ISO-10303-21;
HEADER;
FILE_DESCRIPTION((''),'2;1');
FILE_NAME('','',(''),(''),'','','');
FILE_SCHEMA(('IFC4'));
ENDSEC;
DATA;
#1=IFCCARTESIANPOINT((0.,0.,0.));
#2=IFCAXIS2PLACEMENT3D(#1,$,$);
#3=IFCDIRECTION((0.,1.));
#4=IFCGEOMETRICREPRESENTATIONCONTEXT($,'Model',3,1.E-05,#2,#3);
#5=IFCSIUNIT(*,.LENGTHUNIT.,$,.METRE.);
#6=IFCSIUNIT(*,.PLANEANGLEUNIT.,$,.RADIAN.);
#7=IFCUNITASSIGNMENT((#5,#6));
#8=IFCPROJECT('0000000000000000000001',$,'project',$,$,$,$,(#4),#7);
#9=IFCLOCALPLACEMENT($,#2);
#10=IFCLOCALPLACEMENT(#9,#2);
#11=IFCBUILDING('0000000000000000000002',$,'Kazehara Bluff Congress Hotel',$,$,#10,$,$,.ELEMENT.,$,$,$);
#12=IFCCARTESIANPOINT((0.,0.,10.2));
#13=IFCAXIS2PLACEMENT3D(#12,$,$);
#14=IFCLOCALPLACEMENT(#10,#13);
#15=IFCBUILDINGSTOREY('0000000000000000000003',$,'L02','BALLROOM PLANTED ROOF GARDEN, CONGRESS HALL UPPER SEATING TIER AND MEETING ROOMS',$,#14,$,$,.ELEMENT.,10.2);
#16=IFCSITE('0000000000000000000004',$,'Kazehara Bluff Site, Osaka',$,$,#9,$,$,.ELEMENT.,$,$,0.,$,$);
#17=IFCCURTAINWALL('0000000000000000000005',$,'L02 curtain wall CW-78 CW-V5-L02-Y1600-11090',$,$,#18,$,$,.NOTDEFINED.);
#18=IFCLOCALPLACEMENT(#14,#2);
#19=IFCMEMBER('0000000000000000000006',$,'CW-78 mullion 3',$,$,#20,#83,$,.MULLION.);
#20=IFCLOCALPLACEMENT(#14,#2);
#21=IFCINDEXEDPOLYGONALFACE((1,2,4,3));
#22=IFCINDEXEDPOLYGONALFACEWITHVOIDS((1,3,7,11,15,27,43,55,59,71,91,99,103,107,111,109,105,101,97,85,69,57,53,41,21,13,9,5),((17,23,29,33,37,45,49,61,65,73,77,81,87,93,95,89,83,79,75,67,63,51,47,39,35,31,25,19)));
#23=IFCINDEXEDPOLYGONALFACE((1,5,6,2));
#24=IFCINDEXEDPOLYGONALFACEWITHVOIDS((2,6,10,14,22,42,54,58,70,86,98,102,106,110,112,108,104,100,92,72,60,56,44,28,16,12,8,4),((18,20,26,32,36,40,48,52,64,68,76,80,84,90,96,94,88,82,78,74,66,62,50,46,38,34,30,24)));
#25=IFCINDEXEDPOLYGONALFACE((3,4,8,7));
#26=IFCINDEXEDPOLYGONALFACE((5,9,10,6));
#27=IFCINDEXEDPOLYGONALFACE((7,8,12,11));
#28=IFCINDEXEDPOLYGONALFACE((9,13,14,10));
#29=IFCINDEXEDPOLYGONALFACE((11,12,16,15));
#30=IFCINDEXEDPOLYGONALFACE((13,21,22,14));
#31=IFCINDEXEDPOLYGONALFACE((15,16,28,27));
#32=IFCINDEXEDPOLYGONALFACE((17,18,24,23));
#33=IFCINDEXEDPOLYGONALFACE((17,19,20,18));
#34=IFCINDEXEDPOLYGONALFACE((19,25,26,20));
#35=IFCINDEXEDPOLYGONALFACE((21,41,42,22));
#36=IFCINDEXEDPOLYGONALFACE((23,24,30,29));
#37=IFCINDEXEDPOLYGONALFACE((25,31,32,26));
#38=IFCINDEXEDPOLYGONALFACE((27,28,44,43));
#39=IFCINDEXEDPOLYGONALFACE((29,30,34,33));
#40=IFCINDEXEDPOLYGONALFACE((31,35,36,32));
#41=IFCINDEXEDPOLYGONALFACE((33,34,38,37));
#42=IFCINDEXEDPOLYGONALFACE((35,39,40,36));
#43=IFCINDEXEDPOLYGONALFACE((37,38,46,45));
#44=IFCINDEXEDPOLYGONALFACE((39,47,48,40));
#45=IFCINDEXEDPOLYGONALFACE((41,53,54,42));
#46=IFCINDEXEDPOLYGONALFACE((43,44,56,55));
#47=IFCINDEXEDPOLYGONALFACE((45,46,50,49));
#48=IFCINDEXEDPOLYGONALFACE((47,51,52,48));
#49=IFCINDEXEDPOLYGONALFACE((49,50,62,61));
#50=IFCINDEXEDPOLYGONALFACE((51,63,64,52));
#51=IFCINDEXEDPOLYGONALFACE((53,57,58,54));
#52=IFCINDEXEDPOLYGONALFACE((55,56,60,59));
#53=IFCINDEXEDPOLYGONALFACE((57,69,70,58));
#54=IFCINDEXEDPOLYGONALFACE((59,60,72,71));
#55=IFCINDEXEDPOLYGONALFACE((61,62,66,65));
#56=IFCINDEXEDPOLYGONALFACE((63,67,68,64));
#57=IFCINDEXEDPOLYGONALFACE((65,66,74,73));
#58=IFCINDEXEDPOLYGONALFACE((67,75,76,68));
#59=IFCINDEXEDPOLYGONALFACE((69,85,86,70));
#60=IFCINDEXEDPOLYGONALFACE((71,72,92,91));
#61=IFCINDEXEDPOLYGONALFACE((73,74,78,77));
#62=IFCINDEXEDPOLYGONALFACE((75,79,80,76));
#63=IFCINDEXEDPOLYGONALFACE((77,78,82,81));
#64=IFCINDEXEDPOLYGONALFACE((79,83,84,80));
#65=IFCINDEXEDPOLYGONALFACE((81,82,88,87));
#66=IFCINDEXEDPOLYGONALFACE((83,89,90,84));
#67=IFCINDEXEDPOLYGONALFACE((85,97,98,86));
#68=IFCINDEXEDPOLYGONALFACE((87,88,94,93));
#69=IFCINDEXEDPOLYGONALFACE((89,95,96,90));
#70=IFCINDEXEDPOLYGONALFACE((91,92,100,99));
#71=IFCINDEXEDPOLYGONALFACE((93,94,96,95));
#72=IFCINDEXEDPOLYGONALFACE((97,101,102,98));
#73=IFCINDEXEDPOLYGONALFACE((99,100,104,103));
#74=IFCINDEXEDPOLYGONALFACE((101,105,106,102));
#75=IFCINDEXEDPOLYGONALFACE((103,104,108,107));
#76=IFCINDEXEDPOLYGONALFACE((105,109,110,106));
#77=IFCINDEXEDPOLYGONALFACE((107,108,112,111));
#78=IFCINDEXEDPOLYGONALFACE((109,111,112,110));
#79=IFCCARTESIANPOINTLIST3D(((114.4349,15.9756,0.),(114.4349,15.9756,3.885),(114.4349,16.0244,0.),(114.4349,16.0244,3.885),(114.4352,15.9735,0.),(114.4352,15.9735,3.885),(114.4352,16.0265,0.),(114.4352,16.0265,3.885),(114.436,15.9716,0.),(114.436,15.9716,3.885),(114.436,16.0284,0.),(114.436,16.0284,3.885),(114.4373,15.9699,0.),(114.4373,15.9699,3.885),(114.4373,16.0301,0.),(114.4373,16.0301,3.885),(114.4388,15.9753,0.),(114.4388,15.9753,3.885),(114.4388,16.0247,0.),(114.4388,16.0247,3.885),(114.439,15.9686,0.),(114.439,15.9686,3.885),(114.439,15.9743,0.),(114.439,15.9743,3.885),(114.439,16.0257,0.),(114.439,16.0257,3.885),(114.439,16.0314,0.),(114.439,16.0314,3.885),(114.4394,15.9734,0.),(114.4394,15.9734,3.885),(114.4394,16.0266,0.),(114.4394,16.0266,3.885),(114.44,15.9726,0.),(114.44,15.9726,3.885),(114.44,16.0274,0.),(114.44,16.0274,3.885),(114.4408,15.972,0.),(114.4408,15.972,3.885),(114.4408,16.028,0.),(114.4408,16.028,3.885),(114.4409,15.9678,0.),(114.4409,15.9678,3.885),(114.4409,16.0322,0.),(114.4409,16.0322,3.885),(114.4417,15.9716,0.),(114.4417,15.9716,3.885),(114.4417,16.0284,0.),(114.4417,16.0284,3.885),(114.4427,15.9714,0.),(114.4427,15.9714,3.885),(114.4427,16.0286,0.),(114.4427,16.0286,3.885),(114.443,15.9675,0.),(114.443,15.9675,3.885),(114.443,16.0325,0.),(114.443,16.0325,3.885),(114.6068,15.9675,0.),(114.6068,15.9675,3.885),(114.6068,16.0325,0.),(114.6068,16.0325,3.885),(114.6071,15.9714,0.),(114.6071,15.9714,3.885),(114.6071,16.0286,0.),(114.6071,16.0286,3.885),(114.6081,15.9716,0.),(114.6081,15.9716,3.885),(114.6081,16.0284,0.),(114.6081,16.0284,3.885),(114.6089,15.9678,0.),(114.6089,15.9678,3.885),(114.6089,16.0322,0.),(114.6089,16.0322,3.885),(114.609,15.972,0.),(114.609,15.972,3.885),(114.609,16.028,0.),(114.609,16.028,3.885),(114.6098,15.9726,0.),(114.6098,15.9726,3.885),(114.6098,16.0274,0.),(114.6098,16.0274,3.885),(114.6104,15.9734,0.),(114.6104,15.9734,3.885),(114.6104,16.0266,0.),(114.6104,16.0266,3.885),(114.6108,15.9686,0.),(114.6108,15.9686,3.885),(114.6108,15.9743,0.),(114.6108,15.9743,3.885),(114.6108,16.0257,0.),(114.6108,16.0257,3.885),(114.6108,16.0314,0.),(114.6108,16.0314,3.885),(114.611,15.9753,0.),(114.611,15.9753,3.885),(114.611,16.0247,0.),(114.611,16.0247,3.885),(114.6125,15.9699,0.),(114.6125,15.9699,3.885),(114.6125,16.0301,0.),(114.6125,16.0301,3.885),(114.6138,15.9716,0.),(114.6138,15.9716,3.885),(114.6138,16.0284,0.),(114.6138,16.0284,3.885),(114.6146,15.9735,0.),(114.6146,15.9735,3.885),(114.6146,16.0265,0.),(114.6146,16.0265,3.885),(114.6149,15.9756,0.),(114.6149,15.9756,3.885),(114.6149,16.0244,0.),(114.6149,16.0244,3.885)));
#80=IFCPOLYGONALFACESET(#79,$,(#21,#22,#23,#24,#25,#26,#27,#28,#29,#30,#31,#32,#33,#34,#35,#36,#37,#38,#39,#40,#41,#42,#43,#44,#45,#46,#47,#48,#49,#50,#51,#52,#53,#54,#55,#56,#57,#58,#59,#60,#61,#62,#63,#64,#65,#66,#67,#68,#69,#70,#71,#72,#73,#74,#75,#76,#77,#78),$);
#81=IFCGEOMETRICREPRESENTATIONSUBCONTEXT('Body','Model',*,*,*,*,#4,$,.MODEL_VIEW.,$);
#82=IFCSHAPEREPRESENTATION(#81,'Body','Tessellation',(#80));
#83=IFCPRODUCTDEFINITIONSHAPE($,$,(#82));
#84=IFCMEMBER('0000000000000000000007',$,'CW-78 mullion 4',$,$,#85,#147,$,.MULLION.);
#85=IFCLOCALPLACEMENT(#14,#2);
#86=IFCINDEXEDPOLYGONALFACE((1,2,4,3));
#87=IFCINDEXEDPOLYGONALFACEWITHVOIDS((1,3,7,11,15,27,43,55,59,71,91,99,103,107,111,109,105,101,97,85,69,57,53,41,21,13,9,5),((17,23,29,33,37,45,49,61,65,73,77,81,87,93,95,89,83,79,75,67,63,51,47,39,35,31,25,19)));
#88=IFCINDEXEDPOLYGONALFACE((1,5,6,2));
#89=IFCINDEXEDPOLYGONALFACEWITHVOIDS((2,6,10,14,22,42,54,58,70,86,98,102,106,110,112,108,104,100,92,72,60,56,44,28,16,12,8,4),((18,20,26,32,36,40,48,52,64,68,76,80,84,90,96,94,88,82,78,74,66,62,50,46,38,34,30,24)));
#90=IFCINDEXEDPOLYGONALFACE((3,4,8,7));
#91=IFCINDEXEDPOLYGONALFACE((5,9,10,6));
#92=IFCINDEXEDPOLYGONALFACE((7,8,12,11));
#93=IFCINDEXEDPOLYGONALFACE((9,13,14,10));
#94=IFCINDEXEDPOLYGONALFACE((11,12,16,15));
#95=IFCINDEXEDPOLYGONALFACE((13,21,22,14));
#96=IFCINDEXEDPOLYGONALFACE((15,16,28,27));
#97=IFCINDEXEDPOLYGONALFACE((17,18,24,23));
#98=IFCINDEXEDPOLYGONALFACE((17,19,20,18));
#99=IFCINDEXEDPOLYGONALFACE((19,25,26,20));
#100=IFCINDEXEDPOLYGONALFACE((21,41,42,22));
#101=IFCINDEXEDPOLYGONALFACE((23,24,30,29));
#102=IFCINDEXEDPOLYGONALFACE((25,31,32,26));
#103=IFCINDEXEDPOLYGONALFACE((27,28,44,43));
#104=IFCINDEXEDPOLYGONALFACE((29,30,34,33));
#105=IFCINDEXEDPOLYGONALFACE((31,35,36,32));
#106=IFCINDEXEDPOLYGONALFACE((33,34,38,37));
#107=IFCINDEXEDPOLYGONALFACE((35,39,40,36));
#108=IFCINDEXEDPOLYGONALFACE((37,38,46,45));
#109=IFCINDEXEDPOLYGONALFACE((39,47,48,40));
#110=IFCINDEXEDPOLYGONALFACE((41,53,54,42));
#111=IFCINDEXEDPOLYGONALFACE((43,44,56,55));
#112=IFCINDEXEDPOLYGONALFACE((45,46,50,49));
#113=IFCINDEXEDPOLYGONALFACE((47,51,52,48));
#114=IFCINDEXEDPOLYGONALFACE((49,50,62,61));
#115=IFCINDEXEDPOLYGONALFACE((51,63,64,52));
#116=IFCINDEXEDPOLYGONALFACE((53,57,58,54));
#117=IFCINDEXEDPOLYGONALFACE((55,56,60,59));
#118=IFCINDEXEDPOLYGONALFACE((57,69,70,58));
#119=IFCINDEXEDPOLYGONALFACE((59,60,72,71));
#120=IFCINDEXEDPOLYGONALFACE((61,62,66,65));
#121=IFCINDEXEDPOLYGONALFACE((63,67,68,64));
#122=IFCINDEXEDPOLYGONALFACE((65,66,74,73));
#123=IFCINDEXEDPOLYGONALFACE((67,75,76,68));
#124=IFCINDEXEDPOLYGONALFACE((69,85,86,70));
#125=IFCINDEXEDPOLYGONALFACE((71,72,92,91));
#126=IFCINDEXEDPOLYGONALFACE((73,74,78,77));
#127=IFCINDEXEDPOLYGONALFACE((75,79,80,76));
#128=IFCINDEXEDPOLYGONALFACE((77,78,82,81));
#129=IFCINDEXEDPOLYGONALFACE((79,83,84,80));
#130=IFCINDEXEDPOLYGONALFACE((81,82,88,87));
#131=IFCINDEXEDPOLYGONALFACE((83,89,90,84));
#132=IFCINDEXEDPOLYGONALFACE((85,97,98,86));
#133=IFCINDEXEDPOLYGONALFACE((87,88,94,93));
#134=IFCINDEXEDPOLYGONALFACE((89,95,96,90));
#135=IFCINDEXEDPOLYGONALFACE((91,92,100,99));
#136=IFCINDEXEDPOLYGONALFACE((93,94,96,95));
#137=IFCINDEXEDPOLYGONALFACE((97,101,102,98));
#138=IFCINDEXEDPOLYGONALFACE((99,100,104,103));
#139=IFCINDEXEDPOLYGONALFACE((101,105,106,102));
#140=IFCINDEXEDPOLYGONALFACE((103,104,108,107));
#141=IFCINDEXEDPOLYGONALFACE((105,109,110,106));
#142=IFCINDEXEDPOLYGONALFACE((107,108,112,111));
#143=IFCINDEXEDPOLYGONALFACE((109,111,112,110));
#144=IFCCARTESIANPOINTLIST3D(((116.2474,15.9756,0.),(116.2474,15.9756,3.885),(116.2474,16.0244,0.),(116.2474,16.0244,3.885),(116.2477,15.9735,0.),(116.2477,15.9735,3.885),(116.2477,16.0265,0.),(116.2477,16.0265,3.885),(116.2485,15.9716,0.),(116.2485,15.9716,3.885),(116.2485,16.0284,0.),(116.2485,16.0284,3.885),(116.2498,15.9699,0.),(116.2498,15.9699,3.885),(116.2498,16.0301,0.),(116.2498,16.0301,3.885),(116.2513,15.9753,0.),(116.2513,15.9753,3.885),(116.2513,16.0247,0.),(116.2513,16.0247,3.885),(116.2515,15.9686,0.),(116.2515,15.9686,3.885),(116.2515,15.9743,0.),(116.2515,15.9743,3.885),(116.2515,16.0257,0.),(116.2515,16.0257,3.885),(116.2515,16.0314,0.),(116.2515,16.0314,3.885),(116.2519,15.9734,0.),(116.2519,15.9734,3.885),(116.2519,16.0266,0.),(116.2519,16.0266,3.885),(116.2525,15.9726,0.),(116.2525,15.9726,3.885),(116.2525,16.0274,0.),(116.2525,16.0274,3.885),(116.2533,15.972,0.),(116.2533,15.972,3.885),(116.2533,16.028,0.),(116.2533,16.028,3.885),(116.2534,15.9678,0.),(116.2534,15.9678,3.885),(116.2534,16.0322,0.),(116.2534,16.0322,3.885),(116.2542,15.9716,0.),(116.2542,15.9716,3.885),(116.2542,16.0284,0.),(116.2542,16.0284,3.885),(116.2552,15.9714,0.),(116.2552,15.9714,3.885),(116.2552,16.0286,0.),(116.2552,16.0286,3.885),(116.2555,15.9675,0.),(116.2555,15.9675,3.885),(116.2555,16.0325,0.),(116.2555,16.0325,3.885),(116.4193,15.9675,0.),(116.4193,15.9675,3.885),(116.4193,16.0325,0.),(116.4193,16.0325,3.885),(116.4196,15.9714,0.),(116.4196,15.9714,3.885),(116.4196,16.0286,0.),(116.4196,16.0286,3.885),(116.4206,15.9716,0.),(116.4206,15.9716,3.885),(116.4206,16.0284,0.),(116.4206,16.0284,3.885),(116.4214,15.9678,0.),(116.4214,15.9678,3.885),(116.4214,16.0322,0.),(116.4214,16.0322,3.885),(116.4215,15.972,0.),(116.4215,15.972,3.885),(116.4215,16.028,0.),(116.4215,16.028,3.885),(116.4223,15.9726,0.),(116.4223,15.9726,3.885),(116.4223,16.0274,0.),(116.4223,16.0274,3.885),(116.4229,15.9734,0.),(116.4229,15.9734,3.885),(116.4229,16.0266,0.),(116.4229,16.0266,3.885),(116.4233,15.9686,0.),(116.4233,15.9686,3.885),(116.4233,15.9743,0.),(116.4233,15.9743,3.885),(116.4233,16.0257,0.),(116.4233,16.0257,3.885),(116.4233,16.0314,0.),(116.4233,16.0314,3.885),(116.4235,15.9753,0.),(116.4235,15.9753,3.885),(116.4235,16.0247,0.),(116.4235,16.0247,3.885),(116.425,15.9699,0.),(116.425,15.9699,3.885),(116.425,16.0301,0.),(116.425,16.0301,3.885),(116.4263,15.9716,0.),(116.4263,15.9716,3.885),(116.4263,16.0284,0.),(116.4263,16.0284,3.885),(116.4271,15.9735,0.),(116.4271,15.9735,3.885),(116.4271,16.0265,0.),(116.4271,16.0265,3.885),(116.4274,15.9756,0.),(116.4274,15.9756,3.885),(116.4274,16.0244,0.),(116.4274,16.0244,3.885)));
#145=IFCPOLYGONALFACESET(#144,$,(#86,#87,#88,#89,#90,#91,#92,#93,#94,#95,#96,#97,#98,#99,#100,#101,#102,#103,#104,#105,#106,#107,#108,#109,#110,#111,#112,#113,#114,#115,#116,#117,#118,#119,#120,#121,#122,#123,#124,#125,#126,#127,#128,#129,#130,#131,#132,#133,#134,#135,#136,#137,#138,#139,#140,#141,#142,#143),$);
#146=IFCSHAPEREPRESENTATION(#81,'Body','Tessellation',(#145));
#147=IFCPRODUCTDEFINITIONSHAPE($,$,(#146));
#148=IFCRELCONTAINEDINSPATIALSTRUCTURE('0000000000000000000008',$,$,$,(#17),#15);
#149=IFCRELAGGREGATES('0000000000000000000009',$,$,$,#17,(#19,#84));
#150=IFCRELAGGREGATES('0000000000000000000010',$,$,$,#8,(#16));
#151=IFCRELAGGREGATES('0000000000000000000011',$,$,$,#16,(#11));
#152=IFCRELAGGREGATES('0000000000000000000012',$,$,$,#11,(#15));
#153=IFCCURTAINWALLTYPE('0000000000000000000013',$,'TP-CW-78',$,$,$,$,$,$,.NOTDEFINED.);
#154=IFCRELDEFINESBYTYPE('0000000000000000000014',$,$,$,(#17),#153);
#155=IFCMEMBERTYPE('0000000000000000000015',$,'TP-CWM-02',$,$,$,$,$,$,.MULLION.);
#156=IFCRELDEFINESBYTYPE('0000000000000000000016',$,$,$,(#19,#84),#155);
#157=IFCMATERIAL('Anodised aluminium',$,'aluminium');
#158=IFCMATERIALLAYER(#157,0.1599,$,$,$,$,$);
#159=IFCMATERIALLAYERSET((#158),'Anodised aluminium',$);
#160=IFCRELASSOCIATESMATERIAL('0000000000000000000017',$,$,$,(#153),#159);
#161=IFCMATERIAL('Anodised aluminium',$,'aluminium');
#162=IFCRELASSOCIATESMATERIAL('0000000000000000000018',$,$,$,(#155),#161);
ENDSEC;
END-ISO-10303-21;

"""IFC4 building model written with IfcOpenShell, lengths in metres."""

from ifc_helpers import new_model, si_unit, direction, frame, origin, origin_2d, place, context, subcontext, project, spatial, hollow_rectangle, extrude, material, layer, layer_set, material_profile, profile_set, type_object, element, aggregate, save


model = new_model("IFC4")

# Units and contexts
model_context = context("Model", 3, precision=1e-05, world=origin(), true_north=direction((0.0, 1.0)))
body_context = subcontext(model_context, "Body", "Model", "MODEL_VIEW")
ifc_project = project(units=[si_unit("LENGTHUNIT", "METRE"), si_unit("PLANEANGLEUNIT", "RADIAN")], contexts=[model_context])

# Site, building, storey
site_placement = place(None, origin())
site = spatial("IfcSite", under=ifc_project, at=site_placement, Name="Kazehara Bluff Site, Osaka", CompositionType="ELEMENT", RefElevation=0.0)
building_placement = place(site_placement, origin())
building = spatial("IfcBuilding", under=site, at=building_placement, Name="Kazehara Bluff Congress Hotel", CompositionType="ELEMENT")
storey_placement = place(building_placement, frame((0.0, 0.0, 10.2)))
storey = spatial("IfcBuildingStorey", under=building, at=storey_placement, Name="L02", Description="BALLROOM PLANTED ROOF GARDEN, CONGRESS HALL UPPER SEATING TIER AND MEETING ROOMS", CompositionType="ELEMENT", Elevation=10.2)

# Curtain wall, members
ifc_material_1 = material(Name="Anodised aluminium", Category="aluminium")
ifc_layer_1 = layer(ifc_material_1, 0.1599)
ifc_layer_set_1 = layer_set([ifc_layer_1], Name="Anodised aluminium")
curtain_wall_type = type_object("IfcCurtainWallType", Name="TP-CW-78", PredefinedType="NOTDEFINED", material=ifc_layer_set_1)
curtain_wall_placement = place(storey_placement, origin())
curtain_wall = element("IfcCurtainWall", 1, at=curtain_wall_placement, inside=storey, type_object=curtain_wall_type, Name="L02 curtain wall CW-78 CW-V5-L02-Y1600-11090", PredefinedType="NOTDEFINED")
ifc_material_2 = material(Name="Anodised aluminium", Category="aluminium")
ifc_material_profile_1 = material_profile(ifc_material_2, hollow_rectangle(XDim=0.0649, YDim=0.1799, WallThickness=0.0039, InnerFilletRadius=0.0039, OuterFilletRadius=0.0081, at=origin_2d()))
ifc_profile_set_1 = profile_set([ifc_material_profile_1], Name="Anodised aluminium")
member_type_1 = type_object("IfcMemberType", Name="TP-CWM-02", PredefinedType="MULLION", material=ifc_profile_set_1)
member_1_placement = place(storey_placement, frame((114.5249, 16.0, 0.0), z_axis=(0.0, 0.0, 1.0), x_axis=(0.0, 1.0, 0.0)))
member_1 = element("IfcMember", 2, at=member_1_placement, type_object=member_type_1, Name="CW-78 mullion 3", PredefinedType="MULLION", context=body_context, shape_type="SweptSolid", body=[
    extrude(hollow_rectangle(XDim=0.0649, YDim=0.1799, WallThickness=0.0039, InnerFilletRadius=0.0039, OuterFilletRadius=0.0081, at=origin_2d()), origin(), (0.0, 0.0, 1.0), 3.885),
])
member_2_placement = place(storey_placement, frame((116.3374, 16.0, 0.0), z_axis=(0.0, 0.0, 1.0), x_axis=(0.0, 1.0, 0.0)))
member_2 = element("IfcMember", 3, at=member_2_placement, type_object=member_type_1, Name="CW-78 mullion 4", PredefinedType="MULLION", context=body_context, shape_type="SweptSolid", body=[
    extrude(hollow_rectangle(XDim=0.0649, YDim=0.1799, WallThickness=0.0039, InnerFilletRadius=0.0039, OuterFilletRadius=0.0081, at=origin_2d()), origin(), (0.0, 0.0, 1.0), 3.885),
])
aggregate(curtain_wall, [member_1, member_2])

save(model, "model.ifc")
